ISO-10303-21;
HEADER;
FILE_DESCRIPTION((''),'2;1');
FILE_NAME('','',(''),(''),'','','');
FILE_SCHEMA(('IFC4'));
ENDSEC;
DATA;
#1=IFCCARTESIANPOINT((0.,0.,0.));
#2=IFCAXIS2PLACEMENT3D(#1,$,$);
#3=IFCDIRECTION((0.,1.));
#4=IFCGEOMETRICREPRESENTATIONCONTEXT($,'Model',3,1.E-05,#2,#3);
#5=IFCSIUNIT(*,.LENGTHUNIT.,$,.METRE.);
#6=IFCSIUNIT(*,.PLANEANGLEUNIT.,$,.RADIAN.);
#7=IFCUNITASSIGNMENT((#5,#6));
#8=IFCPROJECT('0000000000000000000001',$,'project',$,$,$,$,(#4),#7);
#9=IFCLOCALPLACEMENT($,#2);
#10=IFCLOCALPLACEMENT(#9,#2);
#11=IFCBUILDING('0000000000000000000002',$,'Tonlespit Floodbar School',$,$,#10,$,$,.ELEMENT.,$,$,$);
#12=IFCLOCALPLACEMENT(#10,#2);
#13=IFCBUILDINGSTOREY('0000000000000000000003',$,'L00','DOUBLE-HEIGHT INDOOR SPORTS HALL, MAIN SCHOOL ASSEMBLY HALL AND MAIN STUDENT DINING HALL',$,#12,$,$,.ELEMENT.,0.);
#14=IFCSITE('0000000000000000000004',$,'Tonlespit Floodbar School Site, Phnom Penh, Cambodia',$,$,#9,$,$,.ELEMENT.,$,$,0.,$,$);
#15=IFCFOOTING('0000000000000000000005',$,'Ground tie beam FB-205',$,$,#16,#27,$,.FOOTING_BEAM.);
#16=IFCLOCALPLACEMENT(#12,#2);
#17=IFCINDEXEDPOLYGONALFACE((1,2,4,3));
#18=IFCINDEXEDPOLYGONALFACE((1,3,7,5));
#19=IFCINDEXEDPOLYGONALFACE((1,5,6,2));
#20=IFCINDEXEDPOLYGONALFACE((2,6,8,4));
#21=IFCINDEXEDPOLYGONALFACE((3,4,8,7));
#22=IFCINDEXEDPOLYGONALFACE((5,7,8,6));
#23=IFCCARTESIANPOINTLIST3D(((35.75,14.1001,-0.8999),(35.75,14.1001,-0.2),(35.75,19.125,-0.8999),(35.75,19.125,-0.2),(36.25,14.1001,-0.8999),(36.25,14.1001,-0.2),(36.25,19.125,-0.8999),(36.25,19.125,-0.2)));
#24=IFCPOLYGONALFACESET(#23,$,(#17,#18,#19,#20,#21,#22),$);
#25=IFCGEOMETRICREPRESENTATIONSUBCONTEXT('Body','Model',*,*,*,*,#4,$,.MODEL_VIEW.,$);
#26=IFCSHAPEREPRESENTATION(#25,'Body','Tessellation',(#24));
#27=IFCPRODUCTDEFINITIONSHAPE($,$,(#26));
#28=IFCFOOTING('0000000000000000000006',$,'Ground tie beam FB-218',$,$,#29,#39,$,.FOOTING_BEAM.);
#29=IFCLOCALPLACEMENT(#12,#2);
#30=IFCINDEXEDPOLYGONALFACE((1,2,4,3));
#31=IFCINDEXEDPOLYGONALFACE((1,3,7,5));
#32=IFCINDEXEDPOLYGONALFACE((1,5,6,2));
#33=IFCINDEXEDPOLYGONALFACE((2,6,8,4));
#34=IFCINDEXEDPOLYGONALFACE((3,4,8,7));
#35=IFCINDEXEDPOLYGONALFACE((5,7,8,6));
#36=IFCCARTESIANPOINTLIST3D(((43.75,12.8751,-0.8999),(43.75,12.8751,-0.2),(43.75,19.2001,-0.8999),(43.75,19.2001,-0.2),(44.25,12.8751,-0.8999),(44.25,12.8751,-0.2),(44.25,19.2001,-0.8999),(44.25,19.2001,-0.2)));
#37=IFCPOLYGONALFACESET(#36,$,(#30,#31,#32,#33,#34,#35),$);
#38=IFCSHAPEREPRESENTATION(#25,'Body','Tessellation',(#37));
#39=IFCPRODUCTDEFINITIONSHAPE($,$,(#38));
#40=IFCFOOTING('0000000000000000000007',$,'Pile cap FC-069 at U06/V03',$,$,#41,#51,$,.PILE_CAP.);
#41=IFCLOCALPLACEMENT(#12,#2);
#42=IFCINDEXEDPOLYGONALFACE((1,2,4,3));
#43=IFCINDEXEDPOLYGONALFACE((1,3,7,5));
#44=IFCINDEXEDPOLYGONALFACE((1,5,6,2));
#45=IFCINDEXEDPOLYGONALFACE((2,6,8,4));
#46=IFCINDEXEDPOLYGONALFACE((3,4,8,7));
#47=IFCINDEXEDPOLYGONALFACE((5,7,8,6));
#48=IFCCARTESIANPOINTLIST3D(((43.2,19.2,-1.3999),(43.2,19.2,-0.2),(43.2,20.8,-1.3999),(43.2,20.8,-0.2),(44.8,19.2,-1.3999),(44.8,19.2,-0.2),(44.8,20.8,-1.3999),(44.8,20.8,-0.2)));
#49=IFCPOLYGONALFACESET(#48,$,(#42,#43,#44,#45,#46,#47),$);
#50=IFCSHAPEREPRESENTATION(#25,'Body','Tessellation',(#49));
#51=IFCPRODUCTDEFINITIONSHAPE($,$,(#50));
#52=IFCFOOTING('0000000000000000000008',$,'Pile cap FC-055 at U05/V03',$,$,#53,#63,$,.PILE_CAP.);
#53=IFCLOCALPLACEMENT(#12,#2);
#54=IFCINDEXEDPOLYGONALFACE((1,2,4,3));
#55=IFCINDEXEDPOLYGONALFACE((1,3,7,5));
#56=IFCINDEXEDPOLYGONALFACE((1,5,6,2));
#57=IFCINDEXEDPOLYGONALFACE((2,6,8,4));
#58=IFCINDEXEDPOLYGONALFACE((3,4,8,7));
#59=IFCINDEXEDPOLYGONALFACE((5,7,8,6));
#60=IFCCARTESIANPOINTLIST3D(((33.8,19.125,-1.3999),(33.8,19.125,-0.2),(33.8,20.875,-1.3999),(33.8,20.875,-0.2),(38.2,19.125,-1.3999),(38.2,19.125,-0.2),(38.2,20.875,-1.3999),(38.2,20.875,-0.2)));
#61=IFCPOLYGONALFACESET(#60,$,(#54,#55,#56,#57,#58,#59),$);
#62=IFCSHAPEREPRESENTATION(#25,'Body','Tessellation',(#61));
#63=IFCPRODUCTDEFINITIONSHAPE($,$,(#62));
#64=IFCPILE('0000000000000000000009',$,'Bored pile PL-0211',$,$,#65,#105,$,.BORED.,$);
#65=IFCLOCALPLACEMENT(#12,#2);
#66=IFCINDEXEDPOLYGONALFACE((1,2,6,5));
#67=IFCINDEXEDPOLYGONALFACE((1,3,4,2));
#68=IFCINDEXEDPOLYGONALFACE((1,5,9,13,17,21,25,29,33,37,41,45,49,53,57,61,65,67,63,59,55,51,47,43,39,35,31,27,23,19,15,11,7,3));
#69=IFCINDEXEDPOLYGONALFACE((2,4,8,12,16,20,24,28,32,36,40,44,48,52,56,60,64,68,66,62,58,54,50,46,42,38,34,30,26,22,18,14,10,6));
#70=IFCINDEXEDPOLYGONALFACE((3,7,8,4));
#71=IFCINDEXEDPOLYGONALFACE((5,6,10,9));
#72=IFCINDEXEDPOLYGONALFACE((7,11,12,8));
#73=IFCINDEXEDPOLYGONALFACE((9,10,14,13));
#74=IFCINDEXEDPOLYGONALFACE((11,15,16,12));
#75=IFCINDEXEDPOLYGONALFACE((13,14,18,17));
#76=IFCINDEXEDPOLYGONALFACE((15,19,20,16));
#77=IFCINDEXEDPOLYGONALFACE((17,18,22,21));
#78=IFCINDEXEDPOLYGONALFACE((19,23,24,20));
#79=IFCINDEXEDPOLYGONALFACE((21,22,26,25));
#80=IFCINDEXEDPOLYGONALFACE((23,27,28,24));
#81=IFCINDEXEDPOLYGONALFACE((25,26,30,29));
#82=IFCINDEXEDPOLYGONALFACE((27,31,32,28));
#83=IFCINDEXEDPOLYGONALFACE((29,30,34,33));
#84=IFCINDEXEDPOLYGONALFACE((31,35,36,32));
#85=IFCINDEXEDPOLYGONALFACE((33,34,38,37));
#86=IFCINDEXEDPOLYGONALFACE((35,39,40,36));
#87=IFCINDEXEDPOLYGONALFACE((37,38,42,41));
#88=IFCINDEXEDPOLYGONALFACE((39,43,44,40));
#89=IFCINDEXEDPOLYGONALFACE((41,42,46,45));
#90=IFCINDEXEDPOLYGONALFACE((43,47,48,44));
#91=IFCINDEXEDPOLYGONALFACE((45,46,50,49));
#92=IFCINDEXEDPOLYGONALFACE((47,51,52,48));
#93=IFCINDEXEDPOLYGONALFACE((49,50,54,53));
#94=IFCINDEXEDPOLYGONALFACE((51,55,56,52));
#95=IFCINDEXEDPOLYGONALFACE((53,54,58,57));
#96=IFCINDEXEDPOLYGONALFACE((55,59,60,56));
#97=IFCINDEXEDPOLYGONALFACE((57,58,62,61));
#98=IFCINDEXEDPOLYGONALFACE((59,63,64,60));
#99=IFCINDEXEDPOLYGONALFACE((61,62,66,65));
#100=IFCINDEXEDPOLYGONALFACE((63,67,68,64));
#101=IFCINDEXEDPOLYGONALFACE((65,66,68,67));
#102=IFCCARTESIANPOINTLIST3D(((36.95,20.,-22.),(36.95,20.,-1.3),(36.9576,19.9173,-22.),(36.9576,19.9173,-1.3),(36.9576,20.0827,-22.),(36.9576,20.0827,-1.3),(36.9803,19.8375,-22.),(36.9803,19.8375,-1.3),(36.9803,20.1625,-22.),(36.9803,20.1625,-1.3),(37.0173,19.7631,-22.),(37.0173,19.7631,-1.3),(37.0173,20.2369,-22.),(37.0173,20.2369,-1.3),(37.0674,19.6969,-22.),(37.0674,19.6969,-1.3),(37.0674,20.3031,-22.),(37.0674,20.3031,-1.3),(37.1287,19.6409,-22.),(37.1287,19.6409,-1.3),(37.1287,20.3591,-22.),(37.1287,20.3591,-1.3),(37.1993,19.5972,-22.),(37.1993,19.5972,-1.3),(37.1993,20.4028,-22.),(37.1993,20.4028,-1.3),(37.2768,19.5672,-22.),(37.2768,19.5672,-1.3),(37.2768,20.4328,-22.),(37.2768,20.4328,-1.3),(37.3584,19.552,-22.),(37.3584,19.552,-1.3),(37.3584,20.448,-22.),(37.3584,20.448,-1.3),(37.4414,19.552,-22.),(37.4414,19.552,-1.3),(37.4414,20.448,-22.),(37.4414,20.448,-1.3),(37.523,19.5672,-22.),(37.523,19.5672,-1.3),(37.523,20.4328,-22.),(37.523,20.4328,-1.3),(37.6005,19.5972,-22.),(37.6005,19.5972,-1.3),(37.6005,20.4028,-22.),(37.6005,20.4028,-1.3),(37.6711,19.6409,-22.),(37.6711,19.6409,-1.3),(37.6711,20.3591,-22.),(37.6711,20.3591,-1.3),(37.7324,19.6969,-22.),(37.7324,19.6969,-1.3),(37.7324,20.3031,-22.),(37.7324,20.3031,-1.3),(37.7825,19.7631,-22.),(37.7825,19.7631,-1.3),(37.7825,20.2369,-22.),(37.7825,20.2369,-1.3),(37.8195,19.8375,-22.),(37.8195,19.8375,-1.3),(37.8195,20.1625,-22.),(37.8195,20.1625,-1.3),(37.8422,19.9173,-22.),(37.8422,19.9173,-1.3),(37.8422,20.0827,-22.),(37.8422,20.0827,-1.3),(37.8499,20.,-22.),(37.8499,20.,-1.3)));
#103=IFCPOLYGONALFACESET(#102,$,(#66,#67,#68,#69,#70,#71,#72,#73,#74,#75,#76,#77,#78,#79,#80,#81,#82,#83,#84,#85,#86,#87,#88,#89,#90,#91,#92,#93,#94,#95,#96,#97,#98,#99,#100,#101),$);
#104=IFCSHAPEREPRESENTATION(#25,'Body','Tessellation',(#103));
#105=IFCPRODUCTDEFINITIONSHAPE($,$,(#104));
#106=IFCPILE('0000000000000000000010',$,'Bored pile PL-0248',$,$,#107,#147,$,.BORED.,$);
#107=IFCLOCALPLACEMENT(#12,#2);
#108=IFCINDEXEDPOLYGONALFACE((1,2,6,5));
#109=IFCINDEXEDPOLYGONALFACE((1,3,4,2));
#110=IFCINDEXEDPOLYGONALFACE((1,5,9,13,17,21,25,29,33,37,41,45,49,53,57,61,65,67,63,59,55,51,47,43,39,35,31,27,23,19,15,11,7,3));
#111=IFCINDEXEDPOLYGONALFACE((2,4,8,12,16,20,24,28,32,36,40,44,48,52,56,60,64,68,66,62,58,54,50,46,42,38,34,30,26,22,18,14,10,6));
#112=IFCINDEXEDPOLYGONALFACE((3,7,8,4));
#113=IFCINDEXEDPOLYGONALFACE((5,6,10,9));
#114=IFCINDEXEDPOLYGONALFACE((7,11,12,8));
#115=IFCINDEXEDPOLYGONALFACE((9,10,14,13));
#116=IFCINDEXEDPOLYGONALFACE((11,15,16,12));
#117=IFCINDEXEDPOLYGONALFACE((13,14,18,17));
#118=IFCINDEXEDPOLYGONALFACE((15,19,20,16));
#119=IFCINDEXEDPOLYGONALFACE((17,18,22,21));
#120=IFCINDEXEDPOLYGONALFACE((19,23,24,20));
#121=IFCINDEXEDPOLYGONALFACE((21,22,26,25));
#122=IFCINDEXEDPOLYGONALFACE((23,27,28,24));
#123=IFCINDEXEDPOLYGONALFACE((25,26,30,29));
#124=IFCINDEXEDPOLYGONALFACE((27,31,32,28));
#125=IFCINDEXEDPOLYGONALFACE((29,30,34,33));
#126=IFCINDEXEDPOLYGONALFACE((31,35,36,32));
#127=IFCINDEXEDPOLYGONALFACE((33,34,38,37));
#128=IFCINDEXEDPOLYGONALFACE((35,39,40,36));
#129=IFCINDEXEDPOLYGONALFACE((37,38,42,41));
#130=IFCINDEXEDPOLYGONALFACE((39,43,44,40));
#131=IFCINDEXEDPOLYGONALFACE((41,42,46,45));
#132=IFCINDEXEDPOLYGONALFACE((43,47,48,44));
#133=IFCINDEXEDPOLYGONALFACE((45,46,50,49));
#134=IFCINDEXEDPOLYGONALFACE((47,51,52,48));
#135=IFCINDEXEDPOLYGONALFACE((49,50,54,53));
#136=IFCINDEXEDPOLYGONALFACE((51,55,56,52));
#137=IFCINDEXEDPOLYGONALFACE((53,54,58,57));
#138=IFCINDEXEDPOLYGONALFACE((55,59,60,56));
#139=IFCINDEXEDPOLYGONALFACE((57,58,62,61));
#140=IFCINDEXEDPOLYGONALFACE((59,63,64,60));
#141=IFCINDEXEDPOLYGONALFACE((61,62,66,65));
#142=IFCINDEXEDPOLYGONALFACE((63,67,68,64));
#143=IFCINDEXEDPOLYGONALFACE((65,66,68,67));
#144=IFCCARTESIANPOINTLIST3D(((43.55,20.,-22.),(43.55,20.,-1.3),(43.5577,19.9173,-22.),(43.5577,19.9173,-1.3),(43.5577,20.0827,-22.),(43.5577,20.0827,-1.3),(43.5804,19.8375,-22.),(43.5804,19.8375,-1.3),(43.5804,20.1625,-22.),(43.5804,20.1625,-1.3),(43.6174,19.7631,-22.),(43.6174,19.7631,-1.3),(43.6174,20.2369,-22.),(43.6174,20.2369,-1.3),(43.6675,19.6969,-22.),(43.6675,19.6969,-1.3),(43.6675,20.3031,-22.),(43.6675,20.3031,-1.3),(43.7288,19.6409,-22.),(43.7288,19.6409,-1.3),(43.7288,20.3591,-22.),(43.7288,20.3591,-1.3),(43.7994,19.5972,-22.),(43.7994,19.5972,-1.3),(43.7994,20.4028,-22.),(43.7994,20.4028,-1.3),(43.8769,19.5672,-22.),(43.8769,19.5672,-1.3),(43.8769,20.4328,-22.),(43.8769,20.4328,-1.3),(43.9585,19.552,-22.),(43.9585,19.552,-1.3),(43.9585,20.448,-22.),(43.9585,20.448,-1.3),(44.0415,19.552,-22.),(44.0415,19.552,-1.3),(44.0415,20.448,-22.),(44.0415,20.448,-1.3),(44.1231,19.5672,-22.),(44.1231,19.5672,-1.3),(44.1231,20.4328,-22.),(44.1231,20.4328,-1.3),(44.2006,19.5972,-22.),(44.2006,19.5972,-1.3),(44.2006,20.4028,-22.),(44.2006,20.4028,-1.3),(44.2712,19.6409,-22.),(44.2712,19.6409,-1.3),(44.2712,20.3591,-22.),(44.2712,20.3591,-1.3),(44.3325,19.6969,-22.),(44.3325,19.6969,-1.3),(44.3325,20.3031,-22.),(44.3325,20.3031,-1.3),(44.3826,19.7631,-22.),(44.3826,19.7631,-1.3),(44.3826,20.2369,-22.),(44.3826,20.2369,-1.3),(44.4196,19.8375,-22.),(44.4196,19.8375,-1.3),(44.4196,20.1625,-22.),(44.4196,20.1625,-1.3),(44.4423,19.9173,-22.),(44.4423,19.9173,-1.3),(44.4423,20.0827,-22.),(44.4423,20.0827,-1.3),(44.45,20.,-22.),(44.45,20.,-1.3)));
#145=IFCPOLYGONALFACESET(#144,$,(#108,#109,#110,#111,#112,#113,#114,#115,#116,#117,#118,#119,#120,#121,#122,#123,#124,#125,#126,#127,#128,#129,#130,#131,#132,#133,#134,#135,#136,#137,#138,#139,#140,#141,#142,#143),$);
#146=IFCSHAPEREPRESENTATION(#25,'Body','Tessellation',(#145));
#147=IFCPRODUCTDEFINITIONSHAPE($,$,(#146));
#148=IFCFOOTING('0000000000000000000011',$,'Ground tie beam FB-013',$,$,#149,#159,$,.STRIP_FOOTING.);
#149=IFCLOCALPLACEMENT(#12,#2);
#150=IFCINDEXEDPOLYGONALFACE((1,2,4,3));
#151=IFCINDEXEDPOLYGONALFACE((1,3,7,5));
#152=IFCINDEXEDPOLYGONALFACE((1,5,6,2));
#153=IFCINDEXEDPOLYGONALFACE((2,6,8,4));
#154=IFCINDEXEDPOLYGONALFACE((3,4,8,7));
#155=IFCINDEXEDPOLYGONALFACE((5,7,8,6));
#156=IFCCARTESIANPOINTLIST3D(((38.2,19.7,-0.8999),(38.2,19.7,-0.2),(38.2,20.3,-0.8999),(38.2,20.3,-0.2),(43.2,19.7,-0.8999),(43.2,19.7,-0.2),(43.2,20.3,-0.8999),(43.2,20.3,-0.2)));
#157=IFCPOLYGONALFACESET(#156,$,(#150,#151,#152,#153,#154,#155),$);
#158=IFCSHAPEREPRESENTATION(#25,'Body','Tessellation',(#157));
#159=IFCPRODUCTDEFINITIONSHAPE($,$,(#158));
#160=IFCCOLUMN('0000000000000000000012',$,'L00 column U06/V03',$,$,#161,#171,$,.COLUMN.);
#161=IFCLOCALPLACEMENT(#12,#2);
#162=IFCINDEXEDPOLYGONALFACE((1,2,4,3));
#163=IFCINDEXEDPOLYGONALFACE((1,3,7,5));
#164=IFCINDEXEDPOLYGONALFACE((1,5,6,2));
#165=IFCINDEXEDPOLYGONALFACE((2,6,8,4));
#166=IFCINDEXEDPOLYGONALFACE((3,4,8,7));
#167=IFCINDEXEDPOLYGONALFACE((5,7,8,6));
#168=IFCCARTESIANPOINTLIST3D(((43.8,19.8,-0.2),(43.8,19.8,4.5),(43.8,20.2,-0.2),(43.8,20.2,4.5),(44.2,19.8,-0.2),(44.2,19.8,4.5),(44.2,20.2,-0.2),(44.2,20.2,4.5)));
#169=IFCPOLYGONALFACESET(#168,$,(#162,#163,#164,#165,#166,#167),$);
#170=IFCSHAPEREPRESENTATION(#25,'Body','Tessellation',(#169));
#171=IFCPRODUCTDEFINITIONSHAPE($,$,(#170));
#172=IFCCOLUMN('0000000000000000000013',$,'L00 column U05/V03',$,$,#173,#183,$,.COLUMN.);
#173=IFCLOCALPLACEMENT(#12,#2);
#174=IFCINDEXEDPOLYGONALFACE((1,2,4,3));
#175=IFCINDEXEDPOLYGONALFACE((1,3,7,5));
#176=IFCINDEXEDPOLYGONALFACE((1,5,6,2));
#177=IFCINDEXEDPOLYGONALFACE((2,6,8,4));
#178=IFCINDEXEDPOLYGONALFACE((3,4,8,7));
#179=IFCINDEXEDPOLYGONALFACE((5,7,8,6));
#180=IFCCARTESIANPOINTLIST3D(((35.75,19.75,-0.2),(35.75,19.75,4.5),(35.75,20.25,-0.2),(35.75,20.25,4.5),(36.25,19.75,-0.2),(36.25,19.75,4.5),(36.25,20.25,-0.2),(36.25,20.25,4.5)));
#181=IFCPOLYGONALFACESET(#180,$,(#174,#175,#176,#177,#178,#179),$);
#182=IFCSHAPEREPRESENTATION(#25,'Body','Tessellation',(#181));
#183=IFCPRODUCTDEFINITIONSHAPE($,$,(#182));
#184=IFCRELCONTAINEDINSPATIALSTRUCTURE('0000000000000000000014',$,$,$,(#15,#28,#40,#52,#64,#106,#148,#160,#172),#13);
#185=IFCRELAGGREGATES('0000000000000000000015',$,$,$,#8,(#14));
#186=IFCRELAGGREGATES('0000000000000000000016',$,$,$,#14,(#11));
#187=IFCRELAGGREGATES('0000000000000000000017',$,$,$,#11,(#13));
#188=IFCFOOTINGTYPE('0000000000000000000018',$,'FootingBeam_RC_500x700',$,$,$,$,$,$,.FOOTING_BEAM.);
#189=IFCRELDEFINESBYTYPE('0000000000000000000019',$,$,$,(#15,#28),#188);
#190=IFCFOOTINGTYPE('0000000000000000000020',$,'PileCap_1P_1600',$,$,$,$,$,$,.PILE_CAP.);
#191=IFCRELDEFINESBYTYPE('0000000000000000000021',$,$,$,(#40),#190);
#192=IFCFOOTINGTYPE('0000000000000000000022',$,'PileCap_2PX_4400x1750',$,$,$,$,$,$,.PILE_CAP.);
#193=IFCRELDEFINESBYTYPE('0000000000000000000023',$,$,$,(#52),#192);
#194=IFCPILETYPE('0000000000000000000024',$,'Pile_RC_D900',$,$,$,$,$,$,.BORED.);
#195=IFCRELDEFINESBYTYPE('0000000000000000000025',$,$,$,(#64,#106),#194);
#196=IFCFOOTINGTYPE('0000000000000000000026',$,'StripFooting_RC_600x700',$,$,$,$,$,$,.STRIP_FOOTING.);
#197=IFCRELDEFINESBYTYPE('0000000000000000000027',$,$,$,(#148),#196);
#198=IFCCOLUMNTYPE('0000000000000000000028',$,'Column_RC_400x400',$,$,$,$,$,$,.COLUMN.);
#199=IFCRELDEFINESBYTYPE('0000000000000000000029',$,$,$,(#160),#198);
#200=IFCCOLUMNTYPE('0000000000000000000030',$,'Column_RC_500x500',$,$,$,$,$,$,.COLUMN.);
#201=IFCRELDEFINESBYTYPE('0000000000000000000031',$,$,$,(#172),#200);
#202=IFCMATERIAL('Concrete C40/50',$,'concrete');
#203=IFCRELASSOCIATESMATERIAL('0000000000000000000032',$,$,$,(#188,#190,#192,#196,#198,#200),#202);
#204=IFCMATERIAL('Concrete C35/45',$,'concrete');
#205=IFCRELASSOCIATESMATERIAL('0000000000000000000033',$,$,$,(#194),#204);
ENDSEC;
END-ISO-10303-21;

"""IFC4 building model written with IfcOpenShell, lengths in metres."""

from ifc_helpers import new_model, si_unit, direction, frame, origin, origin_2d, place, context, subcontext, project, spatial, rectangle, circle, extrude, material, material_profile, profile_set, type_object, element, save


model = new_model("IFC4")

# Units and contexts
model_context = context("Model", 3, precision=1e-05, world=origin(), true_north=direction((0.0, 1.0)))
body_context = subcontext(model_context, "Body", "Model", "MODEL_VIEW")
ifc_project = project(units=[si_unit("LENGTHUNIT", "METRE"), si_unit("PLANEANGLEUNIT", "RADIAN")], contexts=[model_context])

# Site, building, storey
site_placement = place(None, origin())
site = spatial("IfcSite", under=ifc_project, at=site_placement, Name="Tonlespit Floodbar School Site, Phnom Penh, Cambodia", CompositionType="ELEMENT", RefElevation=0.0)
building_placement = place(site_placement, origin())
building = spatial("IfcBuilding", under=site, at=building_placement, Name="Tonlespit Floodbar School", CompositionType="ELEMENT")
storey_placement = place(building_placement, origin())
storey = spatial("IfcBuildingStorey", under=building, at=storey_placement, Name="L00", Description="DOUBLE-HEIGHT INDOOR SPORTS HALL, MAIN SCHOOL ASSEMBLY HALL AND MAIN STUDENT DINING HALL", CompositionType="ELEMENT", Elevation=0.0)

# Footings
ifc_material_1 = material(Name="Concrete C40/50", Category="concrete")
footing_type_1 = type_object("IfcFootingType", Name="FootingBeam_RC_500x700", PredefinedType="FOOTING_BEAM", material=ifc_material_1)
footing_1_placement = place(storey_placement, frame((36.0, 16.6125, -0.8999), z_axis=(0.0, 0.0, 1.0), x_axis=(0.0, 1.0, 0.0)))
element("IfcFooting", 1, at=footing_1_placement, inside=storey, type_object=footing_type_1, Name="Ground tie beam FB-205", PredefinedType="FOOTING_BEAM", context=body_context, shape_type="SweptSolid", body=[
    extrude(rectangle(XDim=5.0249, YDim=0.5, at=origin_2d()), origin(), (0.0, 0.0, 1.0), 0.7),
])
footing_2_placement = place(storey_placement, frame((44.0, 16.0376, -0.8999), z_axis=(0.0, 0.0, 1.0), x_axis=(0.0, 1.0, 0.0)))
element("IfcFooting", 2, at=footing_2_placement, inside=storey, type_object=footing_type_1, Name="Ground tie beam FB-218", PredefinedType="FOOTING_BEAM", context=body_context, shape_type="SweptSolid", body=[
    extrude(rectangle(XDim=6.325, YDim=0.5, at=origin_2d()), origin(), (0.0, 0.0, 1.0), 0.7),
])
footing_type_2 = type_object("IfcFootingType", Name="PileCap_1P_1600", PredefinedType="PILE_CAP", material=ifc_material_1)
footing_3_placement = place(storey_placement, frame((44.0, 20.0, -1.3999), z_axis=(0.0, 0.0, 1.0), x_axis=(1.0, 0.0, 0.0)))
element("IfcFooting", 3, at=footing_3_placement, inside=storey, type_object=footing_type_2, Name="Pile cap FC-069 at U06/V03", PredefinedType="PILE_CAP", context=body_context, shape_type="SweptSolid", body=[
    extrude(rectangle(XDim=1.6001, YDim=1.6001, at=origin_2d()), origin(), (0.0, 0.0, 1.0), 1.2),
])
footing_type_3 = type_object("IfcFootingType", Name="PileCap_2PX_4400x1750", PredefinedType="PILE_CAP", material=ifc_material_1)
footing_4_placement = place(storey_placement, frame((36.0, 20.0, -1.3999), z_axis=(0.0, 0.0, 1.0), x_axis=(1.0, 0.0, 0.0)))
element("IfcFooting", 4, at=footing_4_placement, inside=storey, type_object=footing_type_3, Name="Pile cap FC-055 at U05/V03", PredefinedType="PILE_CAP", context=body_context, shape_type="SweptSolid", body=[
    extrude(rectangle(XDim=4.3999, YDim=1.75, at=origin_2d()), origin(), (0.0, 0.0, 1.0), 1.2),
])

# Piles
ifc_material_2 = material(Name="Concrete C35/45", Category="concrete")
ifc_material_profile_1 = material_profile(ifc_material_2, circle(Radius=0.45, at=origin_2d()), Name="BP D900")
ifc_profile_set_1 = profile_set([ifc_material_profile_1], Name="Concrete C35/45")
pile_type = type_object("IfcPileType", Name="Pile_RC_D900", PredefinedType="BORED", material=ifc_profile_set_1)
for number, where, z_axis, x_axis, name in (
    (5, (37.3999, 20.0, -1.3), (0.0, 0.0, -1.0), (1.0, 0.0, 0.0), "Bored pile PL-0211"),
    (6, (44.0, 20.0, -1.3), (0.0, 0.0, -1.0), (1.0, 0.0, 0.0), "Bored pile PL-0248"),
):
    element("IfcPile", number, at=place(storey_placement, frame(where, z_axis=z_axis, x_axis=x_axis)), inside=storey, type_object=pile_type, Name=name, PredefinedType="BORED", context=body_context, shape_type="SweptSolid", body=[
        extrude(circle(Radius=0.45, at=origin_2d()), origin(), (0.0, 0.0, 1.0), 20.7),
    ])

# Footing
footing_type_4 = type_object("IfcFootingType", Name="StripFooting_RC_600x700", PredefinedType="STRIP_FOOTING", material=ifc_material_1)
footing_5_placement = place(storey_placement, frame((40.7, 20.0, -0.8999), z_axis=(0.0, 0.0, 1.0), x_axis=(1.0, 0.0, 0.0)))
element("IfcFooting", 7, at=footing_5_placement, inside=storey, type_object=footing_type_4, Name="Ground tie beam FB-013", PredefinedType="STRIP_FOOTING", context=body_context, shape_type="SweptSolid", body=[
    extrude(rectangle(XDim=5.0, YDim=0.6001, at=origin_2d()), origin(), (0.0, 0.0, 1.0), 0.7),
])

# Columns
ifc_material_profile_2 = material_profile(ifc_material_1, rectangle(XDim=0.3999, YDim=0.3999, at=origin_2d()), Name="RC 400x400")
ifc_profile_set_2 = profile_set([ifc_material_profile_2], Name="Concrete C40/50")
column_type_1 = type_object("IfcColumnType", Name="Column_RC_400x400", PredefinedType="COLUMN", material=ifc_profile_set_2)
column_1_placement = place(storey_placement, frame((44.0, 20.0, -0.2), z_axis=(0.0, 0.0, 1.0), x_axis=(1.0, 0.0, 0.0)))
element("IfcColumn", 8, at=column_1_placement, inside=storey, type_object=column_type_1, Name="L00 column U06/V03", PredefinedType="COLUMN", context=body_context, shape_type="SweptSolid", body=[
    extrude(rectangle(XDim=0.3999, YDim=0.3999, at=origin_2d()), origin(), (0.0, 0.0, 1.0), 4.7),
])
ifc_material_profile_3 = material_profile(ifc_material_1, rectangle(XDim=0.5, YDim=0.5, at=origin_2d()), Name="RC 500x500")
ifc_profile_set_3 = profile_set([ifc_material_profile_3], Name="Concrete C40/50")
column_type_2 = type_object("IfcColumnType", Name="Column_RC_500x500", PredefinedType="COLUMN", material=ifc_profile_set_3)
column_2_placement = place(storey_placement, frame((36.0, 20.0, -0.2), z_axis=(0.0, 0.0, 1.0), x_axis=(1.0, 0.0, 0.0)))
element("IfcColumn", 9, at=column_2_placement, inside=storey, type_object=column_type_2, Name="L00 column U05/V03", PredefinedType="COLUMN", context=body_context, shape_type="SweptSolid", body=[
    extrude(rectangle(XDim=0.5, YDim=0.5, at=origin_2d()), origin(), (0.0, 0.0, 1.0), 4.7),
])

save(model, "model.ifc")
